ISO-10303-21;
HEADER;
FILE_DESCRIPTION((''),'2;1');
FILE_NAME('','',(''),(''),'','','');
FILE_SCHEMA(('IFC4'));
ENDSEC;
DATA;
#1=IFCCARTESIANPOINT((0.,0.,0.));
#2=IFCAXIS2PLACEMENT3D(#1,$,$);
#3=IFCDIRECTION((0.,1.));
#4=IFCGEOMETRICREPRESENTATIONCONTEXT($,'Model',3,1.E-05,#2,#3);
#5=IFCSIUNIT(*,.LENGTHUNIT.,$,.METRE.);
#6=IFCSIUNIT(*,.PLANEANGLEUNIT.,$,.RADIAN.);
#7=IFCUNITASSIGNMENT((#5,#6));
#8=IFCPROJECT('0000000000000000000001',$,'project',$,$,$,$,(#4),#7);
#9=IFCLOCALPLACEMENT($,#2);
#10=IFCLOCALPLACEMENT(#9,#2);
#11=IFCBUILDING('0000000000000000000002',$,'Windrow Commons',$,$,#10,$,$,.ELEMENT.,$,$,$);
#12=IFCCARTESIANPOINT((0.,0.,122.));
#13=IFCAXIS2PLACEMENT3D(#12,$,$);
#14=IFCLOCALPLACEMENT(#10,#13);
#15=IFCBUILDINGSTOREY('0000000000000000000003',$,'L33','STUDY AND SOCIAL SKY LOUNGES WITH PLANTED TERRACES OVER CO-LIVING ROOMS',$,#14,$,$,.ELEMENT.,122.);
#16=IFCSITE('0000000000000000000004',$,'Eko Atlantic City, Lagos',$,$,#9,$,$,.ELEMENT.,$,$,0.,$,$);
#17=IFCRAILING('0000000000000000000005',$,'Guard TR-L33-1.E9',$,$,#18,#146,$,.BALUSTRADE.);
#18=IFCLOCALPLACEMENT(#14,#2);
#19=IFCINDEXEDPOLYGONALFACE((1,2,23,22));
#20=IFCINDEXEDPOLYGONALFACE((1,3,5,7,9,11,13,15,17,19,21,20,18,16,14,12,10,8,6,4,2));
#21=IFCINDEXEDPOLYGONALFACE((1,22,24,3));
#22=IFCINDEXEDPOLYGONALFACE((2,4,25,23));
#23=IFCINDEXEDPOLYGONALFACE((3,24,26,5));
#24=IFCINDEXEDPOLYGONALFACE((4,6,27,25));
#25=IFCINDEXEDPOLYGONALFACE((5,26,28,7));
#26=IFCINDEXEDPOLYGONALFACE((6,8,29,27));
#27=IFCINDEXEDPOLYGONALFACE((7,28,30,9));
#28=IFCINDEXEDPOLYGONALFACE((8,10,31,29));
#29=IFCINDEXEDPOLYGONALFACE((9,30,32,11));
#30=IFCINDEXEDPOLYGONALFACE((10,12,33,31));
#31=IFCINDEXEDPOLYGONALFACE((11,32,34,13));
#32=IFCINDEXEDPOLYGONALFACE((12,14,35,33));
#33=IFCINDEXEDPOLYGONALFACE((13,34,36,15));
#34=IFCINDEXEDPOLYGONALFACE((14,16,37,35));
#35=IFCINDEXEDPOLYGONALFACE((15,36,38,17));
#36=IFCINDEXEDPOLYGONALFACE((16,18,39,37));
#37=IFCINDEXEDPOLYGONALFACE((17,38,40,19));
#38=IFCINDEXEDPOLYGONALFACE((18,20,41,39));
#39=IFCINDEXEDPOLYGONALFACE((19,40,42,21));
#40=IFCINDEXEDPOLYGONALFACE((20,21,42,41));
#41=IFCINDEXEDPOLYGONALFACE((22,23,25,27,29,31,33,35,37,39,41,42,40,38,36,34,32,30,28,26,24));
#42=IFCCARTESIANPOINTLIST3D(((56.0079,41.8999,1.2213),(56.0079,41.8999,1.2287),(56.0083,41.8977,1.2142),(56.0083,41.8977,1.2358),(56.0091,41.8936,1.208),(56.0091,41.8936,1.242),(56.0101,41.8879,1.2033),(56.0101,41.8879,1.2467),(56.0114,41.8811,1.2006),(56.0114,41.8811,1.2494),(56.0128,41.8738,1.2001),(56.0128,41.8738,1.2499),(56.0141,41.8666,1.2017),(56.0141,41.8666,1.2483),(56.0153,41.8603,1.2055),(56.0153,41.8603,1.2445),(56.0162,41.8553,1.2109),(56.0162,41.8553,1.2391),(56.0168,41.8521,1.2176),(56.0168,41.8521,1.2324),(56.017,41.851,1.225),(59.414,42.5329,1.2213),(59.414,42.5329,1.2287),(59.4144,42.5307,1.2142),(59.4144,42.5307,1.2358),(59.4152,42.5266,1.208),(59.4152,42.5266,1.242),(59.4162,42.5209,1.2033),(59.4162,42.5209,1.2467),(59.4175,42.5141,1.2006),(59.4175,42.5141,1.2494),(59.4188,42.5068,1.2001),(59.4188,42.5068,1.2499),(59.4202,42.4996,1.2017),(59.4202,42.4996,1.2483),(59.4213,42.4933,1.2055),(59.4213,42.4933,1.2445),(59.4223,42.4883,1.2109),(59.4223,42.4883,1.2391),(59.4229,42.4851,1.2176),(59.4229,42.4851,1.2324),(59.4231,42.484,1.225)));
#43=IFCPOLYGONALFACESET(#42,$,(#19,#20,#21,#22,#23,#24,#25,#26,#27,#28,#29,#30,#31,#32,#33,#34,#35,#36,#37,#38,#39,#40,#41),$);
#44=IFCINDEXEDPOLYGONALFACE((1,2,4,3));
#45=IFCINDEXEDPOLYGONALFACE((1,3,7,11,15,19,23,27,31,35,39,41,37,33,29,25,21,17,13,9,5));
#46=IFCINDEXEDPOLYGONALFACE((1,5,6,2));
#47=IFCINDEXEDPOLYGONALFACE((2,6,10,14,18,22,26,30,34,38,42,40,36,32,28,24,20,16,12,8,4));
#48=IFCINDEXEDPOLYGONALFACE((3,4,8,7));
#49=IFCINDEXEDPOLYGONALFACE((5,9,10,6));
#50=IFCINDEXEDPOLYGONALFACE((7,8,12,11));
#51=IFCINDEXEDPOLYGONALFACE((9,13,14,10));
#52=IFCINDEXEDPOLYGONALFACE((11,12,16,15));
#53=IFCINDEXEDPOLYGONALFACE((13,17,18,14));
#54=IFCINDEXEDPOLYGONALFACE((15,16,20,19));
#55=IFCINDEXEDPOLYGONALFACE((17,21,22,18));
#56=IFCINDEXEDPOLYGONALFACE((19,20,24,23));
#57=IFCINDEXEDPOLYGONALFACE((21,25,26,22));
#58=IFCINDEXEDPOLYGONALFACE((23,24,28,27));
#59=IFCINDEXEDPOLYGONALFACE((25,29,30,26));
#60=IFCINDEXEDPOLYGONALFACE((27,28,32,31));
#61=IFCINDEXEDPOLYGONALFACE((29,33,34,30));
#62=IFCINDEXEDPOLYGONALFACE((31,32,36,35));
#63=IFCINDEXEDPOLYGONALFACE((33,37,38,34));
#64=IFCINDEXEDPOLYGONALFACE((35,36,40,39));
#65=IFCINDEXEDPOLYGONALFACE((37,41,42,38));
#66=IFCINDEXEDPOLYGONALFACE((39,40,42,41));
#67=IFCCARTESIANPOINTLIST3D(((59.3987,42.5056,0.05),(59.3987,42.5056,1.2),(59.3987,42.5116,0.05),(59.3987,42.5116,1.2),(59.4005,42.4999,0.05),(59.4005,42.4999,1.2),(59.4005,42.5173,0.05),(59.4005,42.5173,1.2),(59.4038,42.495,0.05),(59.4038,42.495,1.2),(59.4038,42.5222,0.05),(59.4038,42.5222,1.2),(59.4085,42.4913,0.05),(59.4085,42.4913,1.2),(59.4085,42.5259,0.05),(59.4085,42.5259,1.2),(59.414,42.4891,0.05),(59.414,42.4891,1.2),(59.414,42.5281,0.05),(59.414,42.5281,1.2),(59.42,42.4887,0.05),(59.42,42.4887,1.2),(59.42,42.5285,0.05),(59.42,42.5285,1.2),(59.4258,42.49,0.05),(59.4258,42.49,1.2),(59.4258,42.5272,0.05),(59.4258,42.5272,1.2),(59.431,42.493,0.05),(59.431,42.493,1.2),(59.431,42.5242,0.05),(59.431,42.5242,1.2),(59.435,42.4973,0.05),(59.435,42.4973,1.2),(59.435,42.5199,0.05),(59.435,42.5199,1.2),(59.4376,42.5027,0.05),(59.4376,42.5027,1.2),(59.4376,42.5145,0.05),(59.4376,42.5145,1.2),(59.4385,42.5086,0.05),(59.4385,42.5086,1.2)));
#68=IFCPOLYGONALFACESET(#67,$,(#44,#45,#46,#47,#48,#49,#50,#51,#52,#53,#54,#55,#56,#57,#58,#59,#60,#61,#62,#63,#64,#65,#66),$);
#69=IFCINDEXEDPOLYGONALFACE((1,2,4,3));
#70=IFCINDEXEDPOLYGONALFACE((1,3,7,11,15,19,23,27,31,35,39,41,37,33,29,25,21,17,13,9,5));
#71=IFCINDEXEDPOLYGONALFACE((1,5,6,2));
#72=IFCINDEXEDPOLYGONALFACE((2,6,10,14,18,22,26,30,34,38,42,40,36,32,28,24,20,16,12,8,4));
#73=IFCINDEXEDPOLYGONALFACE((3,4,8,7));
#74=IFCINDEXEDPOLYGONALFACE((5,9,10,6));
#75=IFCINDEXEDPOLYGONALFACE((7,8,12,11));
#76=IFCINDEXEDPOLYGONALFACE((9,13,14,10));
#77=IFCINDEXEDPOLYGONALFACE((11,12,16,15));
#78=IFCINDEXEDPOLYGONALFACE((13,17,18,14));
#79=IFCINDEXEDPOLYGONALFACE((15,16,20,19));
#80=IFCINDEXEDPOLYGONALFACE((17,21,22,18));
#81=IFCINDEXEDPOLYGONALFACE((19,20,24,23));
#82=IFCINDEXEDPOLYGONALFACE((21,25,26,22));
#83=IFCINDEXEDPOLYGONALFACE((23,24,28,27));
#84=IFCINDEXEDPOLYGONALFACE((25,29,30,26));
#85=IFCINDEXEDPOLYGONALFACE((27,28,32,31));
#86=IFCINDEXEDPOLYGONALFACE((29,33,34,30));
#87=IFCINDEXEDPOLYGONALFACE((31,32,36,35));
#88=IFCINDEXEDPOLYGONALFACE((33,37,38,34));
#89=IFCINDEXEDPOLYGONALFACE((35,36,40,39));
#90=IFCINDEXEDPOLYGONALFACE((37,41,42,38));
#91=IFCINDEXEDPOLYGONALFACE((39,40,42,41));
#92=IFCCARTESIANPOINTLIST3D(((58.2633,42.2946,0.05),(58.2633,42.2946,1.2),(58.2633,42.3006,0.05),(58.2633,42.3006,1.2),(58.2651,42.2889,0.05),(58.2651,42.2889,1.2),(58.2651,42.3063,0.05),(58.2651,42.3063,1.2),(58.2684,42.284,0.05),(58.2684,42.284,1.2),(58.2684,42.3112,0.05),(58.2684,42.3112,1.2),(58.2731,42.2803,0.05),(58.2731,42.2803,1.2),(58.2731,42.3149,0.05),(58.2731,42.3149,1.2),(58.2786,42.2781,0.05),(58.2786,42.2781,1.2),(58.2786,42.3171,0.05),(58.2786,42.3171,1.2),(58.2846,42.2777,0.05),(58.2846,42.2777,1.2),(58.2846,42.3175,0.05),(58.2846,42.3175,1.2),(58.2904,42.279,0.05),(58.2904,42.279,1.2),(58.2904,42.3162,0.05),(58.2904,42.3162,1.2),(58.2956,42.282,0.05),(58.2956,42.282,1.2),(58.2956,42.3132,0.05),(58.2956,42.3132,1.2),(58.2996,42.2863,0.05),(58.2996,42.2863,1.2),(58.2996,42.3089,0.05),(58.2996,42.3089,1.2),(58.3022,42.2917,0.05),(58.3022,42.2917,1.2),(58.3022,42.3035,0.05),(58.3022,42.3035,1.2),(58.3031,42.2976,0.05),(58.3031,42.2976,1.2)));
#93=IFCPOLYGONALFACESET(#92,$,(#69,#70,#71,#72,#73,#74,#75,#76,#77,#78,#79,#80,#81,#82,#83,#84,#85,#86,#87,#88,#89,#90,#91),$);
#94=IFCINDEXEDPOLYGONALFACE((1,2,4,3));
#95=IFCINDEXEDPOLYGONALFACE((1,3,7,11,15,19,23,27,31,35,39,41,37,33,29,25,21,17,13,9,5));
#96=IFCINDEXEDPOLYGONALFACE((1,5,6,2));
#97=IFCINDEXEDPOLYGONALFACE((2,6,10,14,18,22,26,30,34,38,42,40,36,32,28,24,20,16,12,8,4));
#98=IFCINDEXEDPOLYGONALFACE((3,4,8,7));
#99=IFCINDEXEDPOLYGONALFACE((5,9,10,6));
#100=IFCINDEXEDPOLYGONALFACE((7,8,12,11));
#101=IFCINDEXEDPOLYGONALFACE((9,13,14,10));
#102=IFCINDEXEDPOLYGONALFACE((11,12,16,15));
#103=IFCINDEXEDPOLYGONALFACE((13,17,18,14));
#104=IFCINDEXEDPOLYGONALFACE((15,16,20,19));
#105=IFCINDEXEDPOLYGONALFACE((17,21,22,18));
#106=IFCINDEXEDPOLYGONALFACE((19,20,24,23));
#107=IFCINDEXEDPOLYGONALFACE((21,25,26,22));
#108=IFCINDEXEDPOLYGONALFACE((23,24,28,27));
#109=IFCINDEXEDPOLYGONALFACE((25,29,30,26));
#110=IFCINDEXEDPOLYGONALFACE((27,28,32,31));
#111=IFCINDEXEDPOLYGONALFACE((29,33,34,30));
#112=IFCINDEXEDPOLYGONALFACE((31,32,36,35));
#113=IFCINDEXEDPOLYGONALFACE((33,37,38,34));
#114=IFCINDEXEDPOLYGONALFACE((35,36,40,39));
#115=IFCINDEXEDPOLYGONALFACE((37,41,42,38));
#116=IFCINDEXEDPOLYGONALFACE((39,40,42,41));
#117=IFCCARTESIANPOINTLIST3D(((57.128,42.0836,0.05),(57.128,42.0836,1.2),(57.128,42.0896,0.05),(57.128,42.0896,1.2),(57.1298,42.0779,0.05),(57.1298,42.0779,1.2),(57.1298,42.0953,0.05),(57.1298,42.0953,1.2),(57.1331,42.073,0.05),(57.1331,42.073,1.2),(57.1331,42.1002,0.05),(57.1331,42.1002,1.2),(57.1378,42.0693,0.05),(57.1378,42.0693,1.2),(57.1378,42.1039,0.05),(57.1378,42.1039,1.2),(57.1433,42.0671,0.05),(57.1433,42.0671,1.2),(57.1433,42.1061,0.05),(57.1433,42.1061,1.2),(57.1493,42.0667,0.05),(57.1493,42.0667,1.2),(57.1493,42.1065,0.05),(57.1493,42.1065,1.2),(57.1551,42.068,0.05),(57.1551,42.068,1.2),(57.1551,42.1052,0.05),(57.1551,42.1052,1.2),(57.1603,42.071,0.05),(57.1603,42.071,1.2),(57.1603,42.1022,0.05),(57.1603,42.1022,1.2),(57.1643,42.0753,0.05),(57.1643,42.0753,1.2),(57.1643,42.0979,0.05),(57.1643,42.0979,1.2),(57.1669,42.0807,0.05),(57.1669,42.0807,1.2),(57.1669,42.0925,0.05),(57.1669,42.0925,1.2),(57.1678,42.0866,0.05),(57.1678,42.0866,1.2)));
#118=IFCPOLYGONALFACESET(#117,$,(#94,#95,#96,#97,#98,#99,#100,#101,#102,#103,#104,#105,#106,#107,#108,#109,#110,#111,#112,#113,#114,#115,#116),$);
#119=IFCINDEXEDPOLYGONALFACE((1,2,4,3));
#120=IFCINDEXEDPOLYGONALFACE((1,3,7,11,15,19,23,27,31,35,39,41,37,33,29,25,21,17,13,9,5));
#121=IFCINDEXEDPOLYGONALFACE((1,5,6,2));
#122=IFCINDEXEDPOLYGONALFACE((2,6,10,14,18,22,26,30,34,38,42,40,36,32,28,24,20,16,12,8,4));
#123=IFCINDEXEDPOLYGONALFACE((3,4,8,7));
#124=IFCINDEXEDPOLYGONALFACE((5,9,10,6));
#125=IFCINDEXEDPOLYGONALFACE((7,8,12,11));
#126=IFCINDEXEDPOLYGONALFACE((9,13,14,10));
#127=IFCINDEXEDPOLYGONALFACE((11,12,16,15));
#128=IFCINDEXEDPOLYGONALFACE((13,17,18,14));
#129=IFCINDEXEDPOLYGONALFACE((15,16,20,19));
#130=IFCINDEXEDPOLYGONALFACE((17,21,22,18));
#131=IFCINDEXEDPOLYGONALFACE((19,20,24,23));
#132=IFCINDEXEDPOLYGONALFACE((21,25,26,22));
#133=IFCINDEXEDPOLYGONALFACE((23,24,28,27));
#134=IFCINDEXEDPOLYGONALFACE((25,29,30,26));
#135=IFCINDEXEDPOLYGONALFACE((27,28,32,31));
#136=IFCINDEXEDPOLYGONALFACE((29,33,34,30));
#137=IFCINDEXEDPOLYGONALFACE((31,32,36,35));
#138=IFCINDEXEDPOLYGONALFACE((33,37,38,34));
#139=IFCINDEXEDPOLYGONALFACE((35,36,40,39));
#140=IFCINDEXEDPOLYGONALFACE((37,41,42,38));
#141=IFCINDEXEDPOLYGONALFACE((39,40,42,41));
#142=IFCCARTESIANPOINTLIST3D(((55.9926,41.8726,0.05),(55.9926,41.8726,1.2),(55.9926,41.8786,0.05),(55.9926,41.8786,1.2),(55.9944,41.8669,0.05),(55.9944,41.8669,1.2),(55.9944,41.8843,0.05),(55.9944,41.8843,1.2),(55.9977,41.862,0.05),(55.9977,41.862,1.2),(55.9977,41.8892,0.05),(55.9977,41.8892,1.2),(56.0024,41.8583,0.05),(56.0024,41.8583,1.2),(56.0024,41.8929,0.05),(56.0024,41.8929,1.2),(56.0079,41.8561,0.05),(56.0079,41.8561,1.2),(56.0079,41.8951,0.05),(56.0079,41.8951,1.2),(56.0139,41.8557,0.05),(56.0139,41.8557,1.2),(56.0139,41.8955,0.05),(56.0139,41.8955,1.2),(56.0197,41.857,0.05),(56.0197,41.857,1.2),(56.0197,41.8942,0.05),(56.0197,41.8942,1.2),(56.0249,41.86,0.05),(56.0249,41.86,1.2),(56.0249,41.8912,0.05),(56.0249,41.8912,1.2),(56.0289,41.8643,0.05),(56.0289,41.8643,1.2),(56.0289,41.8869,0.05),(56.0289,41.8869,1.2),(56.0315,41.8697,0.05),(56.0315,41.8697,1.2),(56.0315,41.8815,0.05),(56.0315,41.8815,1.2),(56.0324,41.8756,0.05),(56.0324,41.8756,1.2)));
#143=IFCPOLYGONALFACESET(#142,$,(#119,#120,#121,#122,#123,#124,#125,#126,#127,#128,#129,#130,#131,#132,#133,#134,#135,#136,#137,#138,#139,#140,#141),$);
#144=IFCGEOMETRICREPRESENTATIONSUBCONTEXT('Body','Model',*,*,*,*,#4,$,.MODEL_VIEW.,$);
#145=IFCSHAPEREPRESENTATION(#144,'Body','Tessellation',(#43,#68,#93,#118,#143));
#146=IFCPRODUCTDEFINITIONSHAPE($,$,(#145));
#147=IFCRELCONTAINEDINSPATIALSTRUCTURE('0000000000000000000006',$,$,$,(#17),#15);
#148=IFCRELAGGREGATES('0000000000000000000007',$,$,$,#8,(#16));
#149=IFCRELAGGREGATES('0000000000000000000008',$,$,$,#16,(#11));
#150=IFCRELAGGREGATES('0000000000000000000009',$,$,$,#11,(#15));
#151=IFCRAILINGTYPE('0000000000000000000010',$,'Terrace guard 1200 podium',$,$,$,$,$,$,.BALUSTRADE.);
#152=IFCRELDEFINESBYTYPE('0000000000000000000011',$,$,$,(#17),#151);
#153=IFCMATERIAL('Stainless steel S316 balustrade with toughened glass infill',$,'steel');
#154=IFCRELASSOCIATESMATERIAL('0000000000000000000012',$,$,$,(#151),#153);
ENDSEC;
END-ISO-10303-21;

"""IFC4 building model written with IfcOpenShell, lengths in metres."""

from ifc_helpers import new_model, si_unit, direction, frame, origin, origin_2d, place, context, subcontext, project, spatial, circle, extrude, material, type_object, element, save


model = new_model("IFC4")

# Units and contexts
model_context = context("Model", 3, precision=1e-05, world=origin(), true_north=direction((0.0, 1.0)))
body_context = subcontext(model_context, "Body", "Model", "MODEL_VIEW")
ifc_project = project(units=[si_unit("LENGTHUNIT", "METRE"), si_unit("PLANEANGLEUNIT", "RADIAN")], contexts=[model_context])

# Site, building, storey
site_placement = place(None, origin())
site = spatial("IfcSite", under=ifc_project, at=site_placement, Name="Eko Atlantic City, Lagos", CompositionType="ELEMENT", RefElevation=0.0)
building_placement = place(site_placement, origin())
building = spatial("IfcBuilding", under=site, at=building_placement, Name="Windrow Commons", CompositionType="ELEMENT")
storey_placement = place(building_placement, frame((0.0, 0.0, 122.0)))
storey = spatial("IfcBuildingStorey", under=building, at=storey_placement, Name="L33", Description="STUDY AND SOCIAL SKY LOUNGES WITH PLANTED TERRACES OVER CO-LIVING ROOMS", CompositionType="ELEMENT", Elevation=122.0)

# Railing
ifc_material_1 = material(Name="Stainless steel S316 balustrade with toughened glass infill", Category="steel")
railing_type = type_object("IfcRailingType", Name="Terrace guard 1200 podium", PredefinedType="BALUSTRADE", material=ifc_material_1)
railing_1_placement = place(storey_placement, frame((59.4185, 42.5086, 0.05)))
element("IfcRailing", 1, at=railing_1_placement, inside=storey, type_object=railing_type, Name="Guard TR-L33-1.E9", PredefinedType="BALUSTRADE", context=body_context, shape_type="SweptSolid", body=[
    extrude(circle(Radius=0.025, at=origin_2d()), frame((0.0, 0.0, 1.175), z_axis=(-0.983166, -0.182715, 0.0), x_axis=(0.182715, -0.983166, 0.0)), (0.0, 0.0, 1.0), 3.4644),
    extrude(circle(Radius=0.02, at=origin_2d()), origin(), (0.0, 0.0, 1.0), 1.15),
    extrude(circle(Radius=0.02, at=origin_2d()), frame((-1.1354, -0.211, 0.0)), (0.0, 0.0, 1.0), 1.15),
    extrude(circle(Radius=0.02, at=origin_2d()), frame((-2.2707, -0.422, 0.0)), (0.0, 0.0, 1.0), 1.15),
    extrude(circle(Radius=0.02, at=origin_2d()), frame((-3.4061, -0.633, 0.0)), (0.0, 0.0, 1.0), 1.15),
])

save(model, "model.ifc")
